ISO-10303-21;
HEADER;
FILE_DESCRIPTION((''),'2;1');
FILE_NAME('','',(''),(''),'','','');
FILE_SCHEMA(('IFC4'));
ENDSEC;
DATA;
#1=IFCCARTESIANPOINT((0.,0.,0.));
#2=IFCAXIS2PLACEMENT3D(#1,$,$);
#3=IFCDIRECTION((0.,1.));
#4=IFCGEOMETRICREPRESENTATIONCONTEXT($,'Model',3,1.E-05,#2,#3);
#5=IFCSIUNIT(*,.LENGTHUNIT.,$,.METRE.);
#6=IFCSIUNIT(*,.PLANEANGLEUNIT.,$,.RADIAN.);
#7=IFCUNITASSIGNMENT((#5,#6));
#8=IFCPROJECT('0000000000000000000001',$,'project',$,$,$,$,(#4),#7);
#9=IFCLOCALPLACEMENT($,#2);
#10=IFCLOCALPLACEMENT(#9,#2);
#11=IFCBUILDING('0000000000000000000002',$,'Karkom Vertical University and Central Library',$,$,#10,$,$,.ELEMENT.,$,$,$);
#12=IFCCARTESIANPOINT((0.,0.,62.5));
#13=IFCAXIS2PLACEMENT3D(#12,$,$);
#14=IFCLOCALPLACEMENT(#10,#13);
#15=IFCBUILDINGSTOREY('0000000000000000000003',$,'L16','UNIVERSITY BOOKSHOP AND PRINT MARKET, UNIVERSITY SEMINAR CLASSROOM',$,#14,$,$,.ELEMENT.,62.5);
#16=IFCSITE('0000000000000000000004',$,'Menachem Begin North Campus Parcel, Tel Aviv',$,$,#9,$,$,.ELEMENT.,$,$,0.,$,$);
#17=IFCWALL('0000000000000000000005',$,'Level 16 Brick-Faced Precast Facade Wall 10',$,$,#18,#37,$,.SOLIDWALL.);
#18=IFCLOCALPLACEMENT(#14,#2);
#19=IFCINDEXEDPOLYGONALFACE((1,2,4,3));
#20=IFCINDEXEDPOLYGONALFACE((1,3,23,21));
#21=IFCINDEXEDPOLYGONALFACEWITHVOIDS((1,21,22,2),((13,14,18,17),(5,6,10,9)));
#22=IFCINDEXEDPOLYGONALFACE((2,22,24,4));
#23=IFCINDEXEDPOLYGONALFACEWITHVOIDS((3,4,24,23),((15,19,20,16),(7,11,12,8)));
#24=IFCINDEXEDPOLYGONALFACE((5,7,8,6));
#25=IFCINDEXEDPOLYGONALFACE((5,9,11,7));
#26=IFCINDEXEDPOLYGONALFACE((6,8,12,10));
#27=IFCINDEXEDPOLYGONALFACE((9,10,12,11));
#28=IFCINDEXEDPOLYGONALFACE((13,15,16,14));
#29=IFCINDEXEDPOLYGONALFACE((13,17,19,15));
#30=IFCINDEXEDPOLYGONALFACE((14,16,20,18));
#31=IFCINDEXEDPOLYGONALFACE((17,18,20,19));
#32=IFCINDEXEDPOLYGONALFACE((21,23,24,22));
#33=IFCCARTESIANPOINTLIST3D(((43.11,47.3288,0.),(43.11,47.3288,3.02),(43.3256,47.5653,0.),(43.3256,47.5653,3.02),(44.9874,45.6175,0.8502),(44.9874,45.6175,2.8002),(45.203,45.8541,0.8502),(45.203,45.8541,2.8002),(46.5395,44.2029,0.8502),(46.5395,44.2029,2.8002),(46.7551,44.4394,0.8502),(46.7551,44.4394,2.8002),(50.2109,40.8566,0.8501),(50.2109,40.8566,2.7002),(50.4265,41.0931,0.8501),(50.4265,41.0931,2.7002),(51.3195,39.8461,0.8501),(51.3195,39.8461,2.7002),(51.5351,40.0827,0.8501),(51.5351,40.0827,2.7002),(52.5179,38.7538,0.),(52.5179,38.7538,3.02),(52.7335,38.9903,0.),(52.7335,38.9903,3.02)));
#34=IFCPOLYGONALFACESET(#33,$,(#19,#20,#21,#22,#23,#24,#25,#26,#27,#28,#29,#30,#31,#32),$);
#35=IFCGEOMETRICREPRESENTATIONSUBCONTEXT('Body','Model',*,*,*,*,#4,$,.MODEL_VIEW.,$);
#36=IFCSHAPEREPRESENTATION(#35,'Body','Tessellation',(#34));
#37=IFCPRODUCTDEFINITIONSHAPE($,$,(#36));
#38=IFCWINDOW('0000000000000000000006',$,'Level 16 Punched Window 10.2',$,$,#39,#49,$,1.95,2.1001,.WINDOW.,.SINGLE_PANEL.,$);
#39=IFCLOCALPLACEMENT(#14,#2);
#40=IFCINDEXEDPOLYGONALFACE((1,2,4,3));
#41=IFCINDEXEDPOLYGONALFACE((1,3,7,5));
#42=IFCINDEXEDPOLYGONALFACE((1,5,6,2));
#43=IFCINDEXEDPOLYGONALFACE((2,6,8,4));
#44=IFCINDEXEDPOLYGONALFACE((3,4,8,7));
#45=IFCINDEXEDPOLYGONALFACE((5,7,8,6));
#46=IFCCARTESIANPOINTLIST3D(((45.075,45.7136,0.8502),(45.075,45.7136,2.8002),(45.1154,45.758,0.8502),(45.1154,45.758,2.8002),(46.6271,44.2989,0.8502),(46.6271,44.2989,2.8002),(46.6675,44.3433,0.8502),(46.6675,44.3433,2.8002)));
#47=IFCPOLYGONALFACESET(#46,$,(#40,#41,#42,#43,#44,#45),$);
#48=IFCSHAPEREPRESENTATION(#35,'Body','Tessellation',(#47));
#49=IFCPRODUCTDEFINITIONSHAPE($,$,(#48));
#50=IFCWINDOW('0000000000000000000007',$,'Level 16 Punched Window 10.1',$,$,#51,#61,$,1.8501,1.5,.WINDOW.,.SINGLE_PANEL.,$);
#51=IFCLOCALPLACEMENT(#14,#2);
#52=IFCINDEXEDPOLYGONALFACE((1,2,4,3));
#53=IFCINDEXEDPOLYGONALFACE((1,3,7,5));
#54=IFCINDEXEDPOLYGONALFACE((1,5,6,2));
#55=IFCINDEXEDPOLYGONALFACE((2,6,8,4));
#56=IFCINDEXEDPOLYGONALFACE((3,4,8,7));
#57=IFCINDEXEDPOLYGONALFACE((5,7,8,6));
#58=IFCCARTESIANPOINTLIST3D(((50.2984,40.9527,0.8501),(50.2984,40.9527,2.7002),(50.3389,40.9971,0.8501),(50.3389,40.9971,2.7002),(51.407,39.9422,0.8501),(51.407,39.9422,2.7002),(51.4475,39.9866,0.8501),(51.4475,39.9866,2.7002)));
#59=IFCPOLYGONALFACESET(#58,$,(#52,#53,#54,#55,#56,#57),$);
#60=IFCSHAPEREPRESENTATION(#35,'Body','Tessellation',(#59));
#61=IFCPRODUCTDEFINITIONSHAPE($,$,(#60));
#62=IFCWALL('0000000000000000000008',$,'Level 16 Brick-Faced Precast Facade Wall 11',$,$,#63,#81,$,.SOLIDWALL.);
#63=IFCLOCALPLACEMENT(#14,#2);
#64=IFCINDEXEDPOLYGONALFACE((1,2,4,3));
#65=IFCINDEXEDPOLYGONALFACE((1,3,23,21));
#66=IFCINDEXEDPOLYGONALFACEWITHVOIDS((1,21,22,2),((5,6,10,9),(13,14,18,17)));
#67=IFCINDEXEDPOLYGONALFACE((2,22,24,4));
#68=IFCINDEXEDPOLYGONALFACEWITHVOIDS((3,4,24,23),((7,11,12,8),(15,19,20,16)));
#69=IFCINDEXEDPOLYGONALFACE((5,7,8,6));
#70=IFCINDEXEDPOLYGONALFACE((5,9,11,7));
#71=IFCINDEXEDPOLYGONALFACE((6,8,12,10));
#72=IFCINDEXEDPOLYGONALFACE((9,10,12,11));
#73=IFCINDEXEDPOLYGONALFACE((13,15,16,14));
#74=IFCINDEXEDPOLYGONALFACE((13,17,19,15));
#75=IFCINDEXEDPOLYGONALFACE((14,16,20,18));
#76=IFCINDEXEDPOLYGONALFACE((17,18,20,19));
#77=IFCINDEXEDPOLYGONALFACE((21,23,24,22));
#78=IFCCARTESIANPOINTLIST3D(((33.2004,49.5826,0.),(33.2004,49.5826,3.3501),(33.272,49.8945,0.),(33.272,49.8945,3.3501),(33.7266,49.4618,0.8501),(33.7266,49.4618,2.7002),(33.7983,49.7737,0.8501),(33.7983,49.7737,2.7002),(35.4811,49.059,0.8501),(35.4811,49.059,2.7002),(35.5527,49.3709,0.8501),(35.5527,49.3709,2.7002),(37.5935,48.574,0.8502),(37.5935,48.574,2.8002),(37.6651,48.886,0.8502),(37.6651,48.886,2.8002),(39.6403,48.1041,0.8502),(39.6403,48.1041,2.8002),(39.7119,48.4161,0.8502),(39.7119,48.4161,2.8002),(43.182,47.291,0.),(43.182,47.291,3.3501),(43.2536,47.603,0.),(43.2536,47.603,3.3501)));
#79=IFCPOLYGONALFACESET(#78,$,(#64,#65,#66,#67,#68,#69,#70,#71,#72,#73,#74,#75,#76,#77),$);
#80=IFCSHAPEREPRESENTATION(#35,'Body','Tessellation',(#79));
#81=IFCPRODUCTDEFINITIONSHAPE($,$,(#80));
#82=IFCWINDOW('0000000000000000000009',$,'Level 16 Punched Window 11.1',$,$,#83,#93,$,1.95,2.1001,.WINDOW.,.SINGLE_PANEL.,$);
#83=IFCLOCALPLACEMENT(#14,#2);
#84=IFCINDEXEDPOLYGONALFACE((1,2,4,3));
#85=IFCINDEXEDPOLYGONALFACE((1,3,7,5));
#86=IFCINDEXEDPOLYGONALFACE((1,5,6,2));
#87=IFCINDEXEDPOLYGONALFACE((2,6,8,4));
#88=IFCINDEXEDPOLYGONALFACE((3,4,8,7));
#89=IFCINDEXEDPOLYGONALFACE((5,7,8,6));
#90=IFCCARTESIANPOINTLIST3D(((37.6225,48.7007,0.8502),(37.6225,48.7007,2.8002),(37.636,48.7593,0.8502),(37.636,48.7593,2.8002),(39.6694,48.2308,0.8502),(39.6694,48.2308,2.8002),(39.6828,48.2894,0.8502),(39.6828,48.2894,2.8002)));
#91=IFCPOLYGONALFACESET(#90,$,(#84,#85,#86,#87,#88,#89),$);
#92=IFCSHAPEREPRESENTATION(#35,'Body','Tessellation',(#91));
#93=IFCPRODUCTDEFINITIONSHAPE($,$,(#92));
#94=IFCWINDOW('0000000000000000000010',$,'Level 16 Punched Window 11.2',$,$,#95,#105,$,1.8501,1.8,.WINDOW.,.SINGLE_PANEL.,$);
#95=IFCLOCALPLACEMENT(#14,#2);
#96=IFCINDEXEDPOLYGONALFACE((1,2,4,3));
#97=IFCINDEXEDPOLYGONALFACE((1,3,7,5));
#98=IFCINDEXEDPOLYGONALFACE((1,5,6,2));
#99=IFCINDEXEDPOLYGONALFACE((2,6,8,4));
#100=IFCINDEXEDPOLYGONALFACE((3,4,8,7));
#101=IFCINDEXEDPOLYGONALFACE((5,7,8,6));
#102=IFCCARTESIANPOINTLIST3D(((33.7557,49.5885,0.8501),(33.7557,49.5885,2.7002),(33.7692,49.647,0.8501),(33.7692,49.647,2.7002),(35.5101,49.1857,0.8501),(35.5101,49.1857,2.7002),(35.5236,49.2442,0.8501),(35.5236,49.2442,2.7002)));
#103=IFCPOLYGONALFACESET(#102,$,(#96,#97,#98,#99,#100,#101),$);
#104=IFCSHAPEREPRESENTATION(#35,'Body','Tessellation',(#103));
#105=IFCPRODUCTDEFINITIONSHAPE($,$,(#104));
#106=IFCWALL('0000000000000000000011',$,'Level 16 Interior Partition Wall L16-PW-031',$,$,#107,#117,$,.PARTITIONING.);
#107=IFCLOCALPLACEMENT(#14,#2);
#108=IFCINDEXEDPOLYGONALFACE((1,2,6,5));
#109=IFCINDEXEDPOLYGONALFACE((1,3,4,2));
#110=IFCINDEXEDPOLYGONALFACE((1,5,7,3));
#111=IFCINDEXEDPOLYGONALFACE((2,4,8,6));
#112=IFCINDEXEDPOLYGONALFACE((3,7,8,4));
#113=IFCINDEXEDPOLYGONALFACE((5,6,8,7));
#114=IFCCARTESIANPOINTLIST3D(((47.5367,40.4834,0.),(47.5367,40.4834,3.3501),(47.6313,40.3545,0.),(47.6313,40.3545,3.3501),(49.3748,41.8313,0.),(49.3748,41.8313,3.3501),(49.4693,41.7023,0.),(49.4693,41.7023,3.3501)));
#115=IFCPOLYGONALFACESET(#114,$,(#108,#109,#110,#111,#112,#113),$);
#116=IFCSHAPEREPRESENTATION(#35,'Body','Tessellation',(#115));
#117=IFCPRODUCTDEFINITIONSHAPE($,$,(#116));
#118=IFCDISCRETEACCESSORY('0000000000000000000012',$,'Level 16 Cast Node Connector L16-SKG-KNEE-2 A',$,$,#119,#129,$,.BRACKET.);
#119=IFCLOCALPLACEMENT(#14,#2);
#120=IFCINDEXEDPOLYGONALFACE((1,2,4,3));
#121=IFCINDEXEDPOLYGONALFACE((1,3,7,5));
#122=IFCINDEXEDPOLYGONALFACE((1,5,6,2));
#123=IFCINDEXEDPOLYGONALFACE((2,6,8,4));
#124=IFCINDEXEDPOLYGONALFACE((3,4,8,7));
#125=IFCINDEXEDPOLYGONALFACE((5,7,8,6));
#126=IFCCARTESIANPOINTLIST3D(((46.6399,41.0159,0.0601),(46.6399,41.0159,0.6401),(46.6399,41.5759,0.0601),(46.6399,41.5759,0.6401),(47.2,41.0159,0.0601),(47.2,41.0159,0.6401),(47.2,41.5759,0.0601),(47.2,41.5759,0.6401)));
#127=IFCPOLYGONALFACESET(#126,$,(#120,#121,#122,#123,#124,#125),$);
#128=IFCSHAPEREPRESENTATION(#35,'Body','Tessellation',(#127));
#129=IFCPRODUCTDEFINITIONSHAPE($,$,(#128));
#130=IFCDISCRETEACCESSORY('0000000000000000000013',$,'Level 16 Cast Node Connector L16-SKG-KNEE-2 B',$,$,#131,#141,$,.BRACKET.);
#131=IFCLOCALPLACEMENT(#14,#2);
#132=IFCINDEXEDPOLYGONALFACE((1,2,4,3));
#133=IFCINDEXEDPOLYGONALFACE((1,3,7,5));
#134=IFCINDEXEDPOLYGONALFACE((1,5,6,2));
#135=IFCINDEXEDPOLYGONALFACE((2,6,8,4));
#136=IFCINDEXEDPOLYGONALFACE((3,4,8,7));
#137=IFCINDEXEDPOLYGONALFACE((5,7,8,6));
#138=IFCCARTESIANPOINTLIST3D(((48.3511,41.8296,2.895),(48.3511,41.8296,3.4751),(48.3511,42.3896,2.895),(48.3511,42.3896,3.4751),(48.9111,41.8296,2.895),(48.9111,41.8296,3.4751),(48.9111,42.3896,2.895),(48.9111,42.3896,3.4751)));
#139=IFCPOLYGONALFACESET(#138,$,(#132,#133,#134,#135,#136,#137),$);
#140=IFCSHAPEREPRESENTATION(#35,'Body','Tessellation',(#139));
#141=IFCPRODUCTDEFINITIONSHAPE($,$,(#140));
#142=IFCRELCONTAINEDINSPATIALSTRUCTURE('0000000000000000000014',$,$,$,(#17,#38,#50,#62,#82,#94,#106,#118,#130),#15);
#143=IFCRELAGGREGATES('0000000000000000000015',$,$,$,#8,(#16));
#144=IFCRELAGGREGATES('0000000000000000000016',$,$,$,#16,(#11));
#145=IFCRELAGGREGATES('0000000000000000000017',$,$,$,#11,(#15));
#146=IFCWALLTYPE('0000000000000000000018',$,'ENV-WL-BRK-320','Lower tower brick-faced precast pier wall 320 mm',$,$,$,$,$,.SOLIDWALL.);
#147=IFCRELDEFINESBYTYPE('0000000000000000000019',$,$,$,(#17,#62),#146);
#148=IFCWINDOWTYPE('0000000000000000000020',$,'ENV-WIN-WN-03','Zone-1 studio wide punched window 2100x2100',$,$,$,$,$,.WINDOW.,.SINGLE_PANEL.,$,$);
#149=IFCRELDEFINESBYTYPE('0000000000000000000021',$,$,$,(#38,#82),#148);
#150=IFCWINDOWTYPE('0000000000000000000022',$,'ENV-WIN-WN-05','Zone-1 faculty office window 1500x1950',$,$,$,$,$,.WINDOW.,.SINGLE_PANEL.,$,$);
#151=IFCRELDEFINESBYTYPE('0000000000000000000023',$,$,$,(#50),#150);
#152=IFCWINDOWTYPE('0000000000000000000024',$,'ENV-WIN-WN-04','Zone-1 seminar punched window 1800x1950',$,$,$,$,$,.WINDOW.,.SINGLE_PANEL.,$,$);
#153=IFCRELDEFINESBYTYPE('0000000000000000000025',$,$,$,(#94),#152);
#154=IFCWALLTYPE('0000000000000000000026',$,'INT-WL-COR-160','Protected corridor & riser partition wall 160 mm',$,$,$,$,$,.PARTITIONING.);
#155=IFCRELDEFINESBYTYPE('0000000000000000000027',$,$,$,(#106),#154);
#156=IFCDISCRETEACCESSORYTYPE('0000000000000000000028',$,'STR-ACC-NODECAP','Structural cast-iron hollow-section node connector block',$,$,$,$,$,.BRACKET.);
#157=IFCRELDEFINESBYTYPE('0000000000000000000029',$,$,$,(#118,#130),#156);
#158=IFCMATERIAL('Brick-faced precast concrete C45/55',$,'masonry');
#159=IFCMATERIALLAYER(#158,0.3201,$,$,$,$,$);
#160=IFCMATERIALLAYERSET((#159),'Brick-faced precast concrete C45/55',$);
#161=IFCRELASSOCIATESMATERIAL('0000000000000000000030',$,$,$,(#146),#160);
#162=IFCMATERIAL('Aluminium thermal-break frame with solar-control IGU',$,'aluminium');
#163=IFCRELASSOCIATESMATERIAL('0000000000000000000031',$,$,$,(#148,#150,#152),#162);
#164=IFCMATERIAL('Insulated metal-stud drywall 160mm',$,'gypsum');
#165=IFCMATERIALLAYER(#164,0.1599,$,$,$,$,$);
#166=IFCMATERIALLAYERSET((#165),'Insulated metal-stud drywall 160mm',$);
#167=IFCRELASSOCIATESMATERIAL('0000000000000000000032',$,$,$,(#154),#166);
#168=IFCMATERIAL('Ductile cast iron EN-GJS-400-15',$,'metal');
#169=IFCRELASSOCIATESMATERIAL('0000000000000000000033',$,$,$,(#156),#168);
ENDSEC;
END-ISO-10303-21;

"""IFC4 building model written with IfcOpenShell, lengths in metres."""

from ifc_helpers import new_model, si_unit, direction, frame, frame_2d, origin, origin_with_axes, origin_2d, place, context, subcontext, project, spatial, rectangle, extrude, source, transform, mapped, material, layer, layer_set, type_object, element, fill, save


model = new_model("IFC4")

# Units and contexts
model_context = context("Model", 3, precision=1e-05, world=origin(), true_north=direction((0.0, 1.0)))
body_context = subcontext(model_context, "Body", "Model", "MODEL_VIEW")
ifc_project = project(units=[si_unit("LENGTHUNIT", "METRE"), si_unit("PLANEANGLEUNIT", "RADIAN")], contexts=[model_context])

# Site, building, storey
site_placement = place(None, origin())
site = spatial("IfcSite", under=ifc_project, at=site_placement, Name="Menachem Begin North Campus Parcel, Tel Aviv", CompositionType="ELEMENT", RefElevation=0.0)
building_placement = place(site_placement, origin())
building = spatial("IfcBuilding", under=site, at=building_placement, Name="Karkom Vertical University and Central Library", CompositionType="ELEMENT")
storey_placement = place(building_placement, frame((0.0, 0.0, 62.5)))
storey = spatial("IfcBuildingStorey", under=building, at=storey_placement, Name="L16", Description="UNIVERSITY BOOKSHOP AND PRINT MARKET, UNIVERSITY SEMINAR CLASSROOM", CompositionType="ELEMENT", Elevation=62.5)

# Walls, openings, windows
ifc_material_1 = material(Name="Brick-faced precast concrete C45/55", Category="masonry")
ifc_layer_1 = layer(ifc_material_1, 0.3201)
ifc_layer_set_1 = layer_set([ifc_layer_1], Name="Brick-faced precast concrete C45/55")
wall_type_1 = type_object("IfcWallType", Name="ENV-WL-BRK-320", Description="Lower tower brick-faced precast pier wall 320 mm", PredefinedType="SOLIDWALL", material=ifc_layer_set_1)
wall_1_placement = place(storey_placement, frame((52.6257, 38.8721, 0.0), z_axis=(0.0, 0.0, 1.0), x_axis=(-0.739069, 0.67363, 0.0)))
wall_1 = element("IfcWall", 1, at=wall_1_placement, inside=storey, type_object=wall_type_1, Name="Level 16 Brick-Faced Precast Facade Wall 10", PredefinedType="SOLIDWALL", context=body_context, shape_type="SweptSolid", body=[
    extrude(rectangle(XDim=12.7295, YDim=0.3201, at=frame_2d((6.3647, 0.0))), origin(), (0.0, 0.0, 1.0), 3.02),
])
opening_1_placement = place(wall_1_placement, frame((1.6216, 0.0, 0.8501)))
opening_1 = element("IfcOpeningElement", 2, at=opening_1_placement, cuts=wall_1, PredefinedType="OPENING", context=body_context, shape_type="SweptSolid", body=[
    extrude(rectangle(XDim=1.5, YDim=1.8501, at=frame_2d((0.75, 0.925))), frame((0.0, 0.1699, 0.0), z_axis=(0.0, -1.0, 0.0), x_axis=(1.0, 0.0, 0.0)), (0.0, 0.0, 1.0), 0.3401),
])
opening_2_placement = place(wall_1_placement, frame((8.0891, 0.0, 0.8501)))
opening_2 = element("IfcOpeningElement", 3, at=opening_2_placement, cuts=wall_1, PredefinedType="OPENING", context=body_context, shape_type="SweptSolid", body=[
    extrude(rectangle(XDim=2.1001, YDim=1.95, at=frame_2d((1.05, 0.9751))), frame((0.0, 0.1699, 0.0), z_axis=(0.0, -1.0, 0.0), x_axis=(1.0, 0.0, 0.0)), (0.0, 0.0, 1.0), 0.3401),
])
ifc_material_2 = material(Name="Aluminium thermal-break frame with solar-control IGU", Category="aluminium")
window_type_1 = type_object("IfcWindowType", Name="ENV-WIN-WN-03", Description="Zone-1 studio wide punched window 2100x2100", PartitioningType="SINGLE_PANEL", PredefinedType="WINDOW", material=ifc_material_2)
shared_shape_1 = source(origin_with_axes(), body_context, "Body", "SweptSolid", [
    extrude(rectangle(XDim=2.1001, YDim=1.95, at=frame_2d((1.05, 0.9751))), frame((0.0, 0.03, 0.0), z_axis=(0.0, -1.0, 0.0), x_axis=(1.0, 0.0, 0.0)), (0.0, 0.0, 1.0), 0.0601),
])
window_1_placement = place(opening_2_placement, origin())
window_1 = element("IfcWindow", 4, at=window_1_placement, inside=storey, type_object=window_type_1, Name="Level 16 Punched Window 10.2", OverallHeight=1.95, OverallWidth=2.1001, PartitioningType="SINGLE_PANEL", PredefinedType="WINDOW", context=body_context, shape_type="MappedRepresentation", body=[
    mapped(shared_shape_1, transform((0.0, 0.0, 0.0), scale=1.0)),
])
fill(opening_2, window_1)
window_type_2 = type_object("IfcWindowType", Name="ENV-WIN-WN-05", Description="Zone-1 faculty office window 1500x1950", PartitioningType="SINGLE_PANEL", PredefinedType="WINDOW", material=ifc_material_2)
shared_shape_2 = source(origin_with_axes(), body_context, "Body", "SweptSolid", [
    extrude(rectangle(XDim=1.5, YDim=1.8501, at=frame_2d((0.75, 0.925))), frame((0.0, 0.03, 0.0), z_axis=(0.0, -1.0, 0.0), x_axis=(1.0, 0.0, 0.0)), (0.0, 0.0, 1.0), 0.0601),
])
window_2_placement = place(opening_1_placement, origin())
window_2 = element("IfcWindow", 5, at=window_2_placement, inside=storey, type_object=window_type_2, Name="Level 16 Punched Window 10.1", OverallHeight=1.8501, OverallWidth=1.5, PartitioningType="SINGLE_PANEL", PredefinedType="WINDOW", context=body_context, shape_type="MappedRepresentation", body=[
    mapped(shared_shape_2, transform((0.0, 0.0, 0.0), scale=1.0)),
])
fill(opening_1, window_2)
wall_2_placement = place(storey_placement, frame((43.2178, 47.447, 0.0), z_axis=(0.0, 0.0, 1.0), x_axis=(-0.974645, 0.223756, 0.0)))
wall_2 = element("IfcWall", 6, at=wall_2_placement, inside=storey, type_object=wall_type_1, Name="Level 16 Brick-Faced Precast Facade Wall 11", PredefinedType="SOLIDWALL", context=body_context, shape_type="SweptSolid", body=[
    extrude(rectangle(XDim=10.2412, YDim=0.3201, at=frame_2d((5.1206, 0.0))), origin(), (0.0, 0.0, 1.0), 3.3501),
])
opening_3_placement = place(wall_2_placement, frame((3.6338, 0.0, 0.8501)))
opening_3 = element("IfcOpeningElement", 7, at=opening_3_placement, cuts=wall_2, PredefinedType="OPENING", context=body_context, shape_type="SweptSolid", body=[
    extrude(rectangle(XDim=2.1001, YDim=1.95, at=frame_2d((1.05, 0.9751))), frame((0.0, 0.1699, 0.0), z_axis=(0.0, -1.0, 0.0), x_axis=(1.0, 0.0, 0.0)), (0.0, 0.0, 1.0), 0.3401),
])
opening_4_placement = place(wall_2_placement, frame((7.9014, 0.0, 0.8501)))
opening_4 = element("IfcOpeningElement", 8, at=opening_4_placement, cuts=wall_2, PredefinedType="OPENING", context=body_context, shape_type="SweptSolid", body=[
    extrude(rectangle(XDim=1.8, YDim=1.8501, at=frame_2d((0.8999, 0.925))), frame((0.0, 0.1699, 0.0), z_axis=(0.0, -1.0, 0.0), x_axis=(1.0, 0.0, 0.0)), (0.0, 0.0, 1.0), 0.3401),
])
window_3_placement = place(opening_3_placement, origin())
window_3 = element("IfcWindow", 9, at=window_3_placement, inside=storey, type_object=window_type_1, Name="Level 16 Punched Window 11.1", OverallHeight=1.95, OverallWidth=2.1001, PartitioningType="SINGLE_PANEL", PredefinedType="WINDOW", context=body_context, shape_type="MappedRepresentation", body=[
    mapped(shared_shape_1, transform((0.0, 0.0, 0.0), scale=1.0)),
])
fill(opening_3, window_3)
window_type_3 = type_object("IfcWindowType", Name="ENV-WIN-WN-04", Description="Zone-1 seminar punched window 1800x1950", PartitioningType="SINGLE_PANEL", PredefinedType="WINDOW", material=ifc_material_2)
shared_shape_3 = source(origin_with_axes(), body_context, "Body", "SweptSolid", [
    extrude(rectangle(XDim=1.8, YDim=1.8501, at=frame_2d((0.8999, 0.925))), frame((0.0, 0.03, 0.0), z_axis=(0.0, -1.0, 0.0), x_axis=(1.0, 0.0, 0.0)), (0.0, 0.0, 1.0), 0.0601),
])
window_4_placement = place(opening_4_placement, origin())
window_4 = element("IfcWindow", 10, at=window_4_placement, inside=storey, type_object=window_type_3, Name="Level 16 Punched Window 11.2", OverallHeight=1.8501, OverallWidth=1.8, PartitioningType="SINGLE_PANEL", PredefinedType="WINDOW", context=body_context, shape_type="MappedRepresentation", body=[
    mapped(shared_shape_3, transform((0.0, 0.0, 0.0), scale=1.0)),
])
fill(opening_4, window_4)

# Wall
ifc_material_3 = material(Name="Insulated metal-stud drywall 160mm", Category="gypsum")
ifc_layer_2 = layer(ifc_material_3, 0.1599)
ifc_layer_set_2 = layer_set([ifc_layer_2], Name="Insulated metal-stud drywall 160mm")
wall_type_2 = type_object("IfcWallType", Name="INT-WL-COR-160", Description="Protected corridor & riser partition wall 160 mm", PredefinedType="PARTITIONING", material=ifc_layer_set_2)
wall_3_placement = place(storey_placement, frame((47.584, 40.4189, 0.0), z_axis=(0.0, 0.0, 1.0), x_axis=(0.806419, 0.591345, 0.0)))
element("IfcWall", 11, at=wall_3_placement, inside=storey, type_object=wall_type_2, Name="Level 16 Interior Partition Wall L16-PW-031", PredefinedType="PARTITIONING", context=body_context, shape_type="SweptSolid", body=[
    extrude(rectangle(XDim=2.2793, YDim=0.1599, at=frame_2d((1.1396, 0.0))), origin(), (0.0, 0.0, 1.0), 3.3501),
])

# Discrete accessories
ifc_material_4 = material(Name="Ductile cast iron EN-GJS-400-15", Category="metal")
discrete_accessory_type = type_object("IfcDiscreteAccessoryType", Name="STR-ACC-NODECAP", Description="Structural cast-iron hollow-section node connector block", PredefinedType="BRACKET", material=ifc_material_4)
shared_shape_4 = source(origin_with_axes(), body_context, "Body", "SweptSolid", [
    extrude(rectangle(XDim=0.5601, YDim=0.5601, at=origin_2d()), origin(), (0.0, 0.0, 1.0), 0.5801),
])
for number, where, z_axis, x_axis, name in (
    (12, (46.9199, 41.2959, 0.0601), (0.0, 0.0, 1.0), (1.0, 0.0, 0.0), "Level 16 Cast Node Connector L16-SKG-KNEE-2 A"),
    (13, (48.6311, 42.1096, 2.895), (0.0, 0.0, 1.0), (1.0, 0.0, 0.0), "Level 16 Cast Node Connector L16-SKG-KNEE-2 B"),
):
    element("IfcDiscreteAccessory", number, at=place(storey_placement, frame(where, z_axis=z_axis, x_axis=x_axis)), inside=storey, type_object=discrete_accessory_type, Name=name, PredefinedType="BRACKET", context=body_context, shape_type="MappedRepresentation", body=[
        mapped(shared_shape_4, transform((0.0, 0.0, 0.0), scale=1.0)),
    ])

save(model, "model.ifc")
